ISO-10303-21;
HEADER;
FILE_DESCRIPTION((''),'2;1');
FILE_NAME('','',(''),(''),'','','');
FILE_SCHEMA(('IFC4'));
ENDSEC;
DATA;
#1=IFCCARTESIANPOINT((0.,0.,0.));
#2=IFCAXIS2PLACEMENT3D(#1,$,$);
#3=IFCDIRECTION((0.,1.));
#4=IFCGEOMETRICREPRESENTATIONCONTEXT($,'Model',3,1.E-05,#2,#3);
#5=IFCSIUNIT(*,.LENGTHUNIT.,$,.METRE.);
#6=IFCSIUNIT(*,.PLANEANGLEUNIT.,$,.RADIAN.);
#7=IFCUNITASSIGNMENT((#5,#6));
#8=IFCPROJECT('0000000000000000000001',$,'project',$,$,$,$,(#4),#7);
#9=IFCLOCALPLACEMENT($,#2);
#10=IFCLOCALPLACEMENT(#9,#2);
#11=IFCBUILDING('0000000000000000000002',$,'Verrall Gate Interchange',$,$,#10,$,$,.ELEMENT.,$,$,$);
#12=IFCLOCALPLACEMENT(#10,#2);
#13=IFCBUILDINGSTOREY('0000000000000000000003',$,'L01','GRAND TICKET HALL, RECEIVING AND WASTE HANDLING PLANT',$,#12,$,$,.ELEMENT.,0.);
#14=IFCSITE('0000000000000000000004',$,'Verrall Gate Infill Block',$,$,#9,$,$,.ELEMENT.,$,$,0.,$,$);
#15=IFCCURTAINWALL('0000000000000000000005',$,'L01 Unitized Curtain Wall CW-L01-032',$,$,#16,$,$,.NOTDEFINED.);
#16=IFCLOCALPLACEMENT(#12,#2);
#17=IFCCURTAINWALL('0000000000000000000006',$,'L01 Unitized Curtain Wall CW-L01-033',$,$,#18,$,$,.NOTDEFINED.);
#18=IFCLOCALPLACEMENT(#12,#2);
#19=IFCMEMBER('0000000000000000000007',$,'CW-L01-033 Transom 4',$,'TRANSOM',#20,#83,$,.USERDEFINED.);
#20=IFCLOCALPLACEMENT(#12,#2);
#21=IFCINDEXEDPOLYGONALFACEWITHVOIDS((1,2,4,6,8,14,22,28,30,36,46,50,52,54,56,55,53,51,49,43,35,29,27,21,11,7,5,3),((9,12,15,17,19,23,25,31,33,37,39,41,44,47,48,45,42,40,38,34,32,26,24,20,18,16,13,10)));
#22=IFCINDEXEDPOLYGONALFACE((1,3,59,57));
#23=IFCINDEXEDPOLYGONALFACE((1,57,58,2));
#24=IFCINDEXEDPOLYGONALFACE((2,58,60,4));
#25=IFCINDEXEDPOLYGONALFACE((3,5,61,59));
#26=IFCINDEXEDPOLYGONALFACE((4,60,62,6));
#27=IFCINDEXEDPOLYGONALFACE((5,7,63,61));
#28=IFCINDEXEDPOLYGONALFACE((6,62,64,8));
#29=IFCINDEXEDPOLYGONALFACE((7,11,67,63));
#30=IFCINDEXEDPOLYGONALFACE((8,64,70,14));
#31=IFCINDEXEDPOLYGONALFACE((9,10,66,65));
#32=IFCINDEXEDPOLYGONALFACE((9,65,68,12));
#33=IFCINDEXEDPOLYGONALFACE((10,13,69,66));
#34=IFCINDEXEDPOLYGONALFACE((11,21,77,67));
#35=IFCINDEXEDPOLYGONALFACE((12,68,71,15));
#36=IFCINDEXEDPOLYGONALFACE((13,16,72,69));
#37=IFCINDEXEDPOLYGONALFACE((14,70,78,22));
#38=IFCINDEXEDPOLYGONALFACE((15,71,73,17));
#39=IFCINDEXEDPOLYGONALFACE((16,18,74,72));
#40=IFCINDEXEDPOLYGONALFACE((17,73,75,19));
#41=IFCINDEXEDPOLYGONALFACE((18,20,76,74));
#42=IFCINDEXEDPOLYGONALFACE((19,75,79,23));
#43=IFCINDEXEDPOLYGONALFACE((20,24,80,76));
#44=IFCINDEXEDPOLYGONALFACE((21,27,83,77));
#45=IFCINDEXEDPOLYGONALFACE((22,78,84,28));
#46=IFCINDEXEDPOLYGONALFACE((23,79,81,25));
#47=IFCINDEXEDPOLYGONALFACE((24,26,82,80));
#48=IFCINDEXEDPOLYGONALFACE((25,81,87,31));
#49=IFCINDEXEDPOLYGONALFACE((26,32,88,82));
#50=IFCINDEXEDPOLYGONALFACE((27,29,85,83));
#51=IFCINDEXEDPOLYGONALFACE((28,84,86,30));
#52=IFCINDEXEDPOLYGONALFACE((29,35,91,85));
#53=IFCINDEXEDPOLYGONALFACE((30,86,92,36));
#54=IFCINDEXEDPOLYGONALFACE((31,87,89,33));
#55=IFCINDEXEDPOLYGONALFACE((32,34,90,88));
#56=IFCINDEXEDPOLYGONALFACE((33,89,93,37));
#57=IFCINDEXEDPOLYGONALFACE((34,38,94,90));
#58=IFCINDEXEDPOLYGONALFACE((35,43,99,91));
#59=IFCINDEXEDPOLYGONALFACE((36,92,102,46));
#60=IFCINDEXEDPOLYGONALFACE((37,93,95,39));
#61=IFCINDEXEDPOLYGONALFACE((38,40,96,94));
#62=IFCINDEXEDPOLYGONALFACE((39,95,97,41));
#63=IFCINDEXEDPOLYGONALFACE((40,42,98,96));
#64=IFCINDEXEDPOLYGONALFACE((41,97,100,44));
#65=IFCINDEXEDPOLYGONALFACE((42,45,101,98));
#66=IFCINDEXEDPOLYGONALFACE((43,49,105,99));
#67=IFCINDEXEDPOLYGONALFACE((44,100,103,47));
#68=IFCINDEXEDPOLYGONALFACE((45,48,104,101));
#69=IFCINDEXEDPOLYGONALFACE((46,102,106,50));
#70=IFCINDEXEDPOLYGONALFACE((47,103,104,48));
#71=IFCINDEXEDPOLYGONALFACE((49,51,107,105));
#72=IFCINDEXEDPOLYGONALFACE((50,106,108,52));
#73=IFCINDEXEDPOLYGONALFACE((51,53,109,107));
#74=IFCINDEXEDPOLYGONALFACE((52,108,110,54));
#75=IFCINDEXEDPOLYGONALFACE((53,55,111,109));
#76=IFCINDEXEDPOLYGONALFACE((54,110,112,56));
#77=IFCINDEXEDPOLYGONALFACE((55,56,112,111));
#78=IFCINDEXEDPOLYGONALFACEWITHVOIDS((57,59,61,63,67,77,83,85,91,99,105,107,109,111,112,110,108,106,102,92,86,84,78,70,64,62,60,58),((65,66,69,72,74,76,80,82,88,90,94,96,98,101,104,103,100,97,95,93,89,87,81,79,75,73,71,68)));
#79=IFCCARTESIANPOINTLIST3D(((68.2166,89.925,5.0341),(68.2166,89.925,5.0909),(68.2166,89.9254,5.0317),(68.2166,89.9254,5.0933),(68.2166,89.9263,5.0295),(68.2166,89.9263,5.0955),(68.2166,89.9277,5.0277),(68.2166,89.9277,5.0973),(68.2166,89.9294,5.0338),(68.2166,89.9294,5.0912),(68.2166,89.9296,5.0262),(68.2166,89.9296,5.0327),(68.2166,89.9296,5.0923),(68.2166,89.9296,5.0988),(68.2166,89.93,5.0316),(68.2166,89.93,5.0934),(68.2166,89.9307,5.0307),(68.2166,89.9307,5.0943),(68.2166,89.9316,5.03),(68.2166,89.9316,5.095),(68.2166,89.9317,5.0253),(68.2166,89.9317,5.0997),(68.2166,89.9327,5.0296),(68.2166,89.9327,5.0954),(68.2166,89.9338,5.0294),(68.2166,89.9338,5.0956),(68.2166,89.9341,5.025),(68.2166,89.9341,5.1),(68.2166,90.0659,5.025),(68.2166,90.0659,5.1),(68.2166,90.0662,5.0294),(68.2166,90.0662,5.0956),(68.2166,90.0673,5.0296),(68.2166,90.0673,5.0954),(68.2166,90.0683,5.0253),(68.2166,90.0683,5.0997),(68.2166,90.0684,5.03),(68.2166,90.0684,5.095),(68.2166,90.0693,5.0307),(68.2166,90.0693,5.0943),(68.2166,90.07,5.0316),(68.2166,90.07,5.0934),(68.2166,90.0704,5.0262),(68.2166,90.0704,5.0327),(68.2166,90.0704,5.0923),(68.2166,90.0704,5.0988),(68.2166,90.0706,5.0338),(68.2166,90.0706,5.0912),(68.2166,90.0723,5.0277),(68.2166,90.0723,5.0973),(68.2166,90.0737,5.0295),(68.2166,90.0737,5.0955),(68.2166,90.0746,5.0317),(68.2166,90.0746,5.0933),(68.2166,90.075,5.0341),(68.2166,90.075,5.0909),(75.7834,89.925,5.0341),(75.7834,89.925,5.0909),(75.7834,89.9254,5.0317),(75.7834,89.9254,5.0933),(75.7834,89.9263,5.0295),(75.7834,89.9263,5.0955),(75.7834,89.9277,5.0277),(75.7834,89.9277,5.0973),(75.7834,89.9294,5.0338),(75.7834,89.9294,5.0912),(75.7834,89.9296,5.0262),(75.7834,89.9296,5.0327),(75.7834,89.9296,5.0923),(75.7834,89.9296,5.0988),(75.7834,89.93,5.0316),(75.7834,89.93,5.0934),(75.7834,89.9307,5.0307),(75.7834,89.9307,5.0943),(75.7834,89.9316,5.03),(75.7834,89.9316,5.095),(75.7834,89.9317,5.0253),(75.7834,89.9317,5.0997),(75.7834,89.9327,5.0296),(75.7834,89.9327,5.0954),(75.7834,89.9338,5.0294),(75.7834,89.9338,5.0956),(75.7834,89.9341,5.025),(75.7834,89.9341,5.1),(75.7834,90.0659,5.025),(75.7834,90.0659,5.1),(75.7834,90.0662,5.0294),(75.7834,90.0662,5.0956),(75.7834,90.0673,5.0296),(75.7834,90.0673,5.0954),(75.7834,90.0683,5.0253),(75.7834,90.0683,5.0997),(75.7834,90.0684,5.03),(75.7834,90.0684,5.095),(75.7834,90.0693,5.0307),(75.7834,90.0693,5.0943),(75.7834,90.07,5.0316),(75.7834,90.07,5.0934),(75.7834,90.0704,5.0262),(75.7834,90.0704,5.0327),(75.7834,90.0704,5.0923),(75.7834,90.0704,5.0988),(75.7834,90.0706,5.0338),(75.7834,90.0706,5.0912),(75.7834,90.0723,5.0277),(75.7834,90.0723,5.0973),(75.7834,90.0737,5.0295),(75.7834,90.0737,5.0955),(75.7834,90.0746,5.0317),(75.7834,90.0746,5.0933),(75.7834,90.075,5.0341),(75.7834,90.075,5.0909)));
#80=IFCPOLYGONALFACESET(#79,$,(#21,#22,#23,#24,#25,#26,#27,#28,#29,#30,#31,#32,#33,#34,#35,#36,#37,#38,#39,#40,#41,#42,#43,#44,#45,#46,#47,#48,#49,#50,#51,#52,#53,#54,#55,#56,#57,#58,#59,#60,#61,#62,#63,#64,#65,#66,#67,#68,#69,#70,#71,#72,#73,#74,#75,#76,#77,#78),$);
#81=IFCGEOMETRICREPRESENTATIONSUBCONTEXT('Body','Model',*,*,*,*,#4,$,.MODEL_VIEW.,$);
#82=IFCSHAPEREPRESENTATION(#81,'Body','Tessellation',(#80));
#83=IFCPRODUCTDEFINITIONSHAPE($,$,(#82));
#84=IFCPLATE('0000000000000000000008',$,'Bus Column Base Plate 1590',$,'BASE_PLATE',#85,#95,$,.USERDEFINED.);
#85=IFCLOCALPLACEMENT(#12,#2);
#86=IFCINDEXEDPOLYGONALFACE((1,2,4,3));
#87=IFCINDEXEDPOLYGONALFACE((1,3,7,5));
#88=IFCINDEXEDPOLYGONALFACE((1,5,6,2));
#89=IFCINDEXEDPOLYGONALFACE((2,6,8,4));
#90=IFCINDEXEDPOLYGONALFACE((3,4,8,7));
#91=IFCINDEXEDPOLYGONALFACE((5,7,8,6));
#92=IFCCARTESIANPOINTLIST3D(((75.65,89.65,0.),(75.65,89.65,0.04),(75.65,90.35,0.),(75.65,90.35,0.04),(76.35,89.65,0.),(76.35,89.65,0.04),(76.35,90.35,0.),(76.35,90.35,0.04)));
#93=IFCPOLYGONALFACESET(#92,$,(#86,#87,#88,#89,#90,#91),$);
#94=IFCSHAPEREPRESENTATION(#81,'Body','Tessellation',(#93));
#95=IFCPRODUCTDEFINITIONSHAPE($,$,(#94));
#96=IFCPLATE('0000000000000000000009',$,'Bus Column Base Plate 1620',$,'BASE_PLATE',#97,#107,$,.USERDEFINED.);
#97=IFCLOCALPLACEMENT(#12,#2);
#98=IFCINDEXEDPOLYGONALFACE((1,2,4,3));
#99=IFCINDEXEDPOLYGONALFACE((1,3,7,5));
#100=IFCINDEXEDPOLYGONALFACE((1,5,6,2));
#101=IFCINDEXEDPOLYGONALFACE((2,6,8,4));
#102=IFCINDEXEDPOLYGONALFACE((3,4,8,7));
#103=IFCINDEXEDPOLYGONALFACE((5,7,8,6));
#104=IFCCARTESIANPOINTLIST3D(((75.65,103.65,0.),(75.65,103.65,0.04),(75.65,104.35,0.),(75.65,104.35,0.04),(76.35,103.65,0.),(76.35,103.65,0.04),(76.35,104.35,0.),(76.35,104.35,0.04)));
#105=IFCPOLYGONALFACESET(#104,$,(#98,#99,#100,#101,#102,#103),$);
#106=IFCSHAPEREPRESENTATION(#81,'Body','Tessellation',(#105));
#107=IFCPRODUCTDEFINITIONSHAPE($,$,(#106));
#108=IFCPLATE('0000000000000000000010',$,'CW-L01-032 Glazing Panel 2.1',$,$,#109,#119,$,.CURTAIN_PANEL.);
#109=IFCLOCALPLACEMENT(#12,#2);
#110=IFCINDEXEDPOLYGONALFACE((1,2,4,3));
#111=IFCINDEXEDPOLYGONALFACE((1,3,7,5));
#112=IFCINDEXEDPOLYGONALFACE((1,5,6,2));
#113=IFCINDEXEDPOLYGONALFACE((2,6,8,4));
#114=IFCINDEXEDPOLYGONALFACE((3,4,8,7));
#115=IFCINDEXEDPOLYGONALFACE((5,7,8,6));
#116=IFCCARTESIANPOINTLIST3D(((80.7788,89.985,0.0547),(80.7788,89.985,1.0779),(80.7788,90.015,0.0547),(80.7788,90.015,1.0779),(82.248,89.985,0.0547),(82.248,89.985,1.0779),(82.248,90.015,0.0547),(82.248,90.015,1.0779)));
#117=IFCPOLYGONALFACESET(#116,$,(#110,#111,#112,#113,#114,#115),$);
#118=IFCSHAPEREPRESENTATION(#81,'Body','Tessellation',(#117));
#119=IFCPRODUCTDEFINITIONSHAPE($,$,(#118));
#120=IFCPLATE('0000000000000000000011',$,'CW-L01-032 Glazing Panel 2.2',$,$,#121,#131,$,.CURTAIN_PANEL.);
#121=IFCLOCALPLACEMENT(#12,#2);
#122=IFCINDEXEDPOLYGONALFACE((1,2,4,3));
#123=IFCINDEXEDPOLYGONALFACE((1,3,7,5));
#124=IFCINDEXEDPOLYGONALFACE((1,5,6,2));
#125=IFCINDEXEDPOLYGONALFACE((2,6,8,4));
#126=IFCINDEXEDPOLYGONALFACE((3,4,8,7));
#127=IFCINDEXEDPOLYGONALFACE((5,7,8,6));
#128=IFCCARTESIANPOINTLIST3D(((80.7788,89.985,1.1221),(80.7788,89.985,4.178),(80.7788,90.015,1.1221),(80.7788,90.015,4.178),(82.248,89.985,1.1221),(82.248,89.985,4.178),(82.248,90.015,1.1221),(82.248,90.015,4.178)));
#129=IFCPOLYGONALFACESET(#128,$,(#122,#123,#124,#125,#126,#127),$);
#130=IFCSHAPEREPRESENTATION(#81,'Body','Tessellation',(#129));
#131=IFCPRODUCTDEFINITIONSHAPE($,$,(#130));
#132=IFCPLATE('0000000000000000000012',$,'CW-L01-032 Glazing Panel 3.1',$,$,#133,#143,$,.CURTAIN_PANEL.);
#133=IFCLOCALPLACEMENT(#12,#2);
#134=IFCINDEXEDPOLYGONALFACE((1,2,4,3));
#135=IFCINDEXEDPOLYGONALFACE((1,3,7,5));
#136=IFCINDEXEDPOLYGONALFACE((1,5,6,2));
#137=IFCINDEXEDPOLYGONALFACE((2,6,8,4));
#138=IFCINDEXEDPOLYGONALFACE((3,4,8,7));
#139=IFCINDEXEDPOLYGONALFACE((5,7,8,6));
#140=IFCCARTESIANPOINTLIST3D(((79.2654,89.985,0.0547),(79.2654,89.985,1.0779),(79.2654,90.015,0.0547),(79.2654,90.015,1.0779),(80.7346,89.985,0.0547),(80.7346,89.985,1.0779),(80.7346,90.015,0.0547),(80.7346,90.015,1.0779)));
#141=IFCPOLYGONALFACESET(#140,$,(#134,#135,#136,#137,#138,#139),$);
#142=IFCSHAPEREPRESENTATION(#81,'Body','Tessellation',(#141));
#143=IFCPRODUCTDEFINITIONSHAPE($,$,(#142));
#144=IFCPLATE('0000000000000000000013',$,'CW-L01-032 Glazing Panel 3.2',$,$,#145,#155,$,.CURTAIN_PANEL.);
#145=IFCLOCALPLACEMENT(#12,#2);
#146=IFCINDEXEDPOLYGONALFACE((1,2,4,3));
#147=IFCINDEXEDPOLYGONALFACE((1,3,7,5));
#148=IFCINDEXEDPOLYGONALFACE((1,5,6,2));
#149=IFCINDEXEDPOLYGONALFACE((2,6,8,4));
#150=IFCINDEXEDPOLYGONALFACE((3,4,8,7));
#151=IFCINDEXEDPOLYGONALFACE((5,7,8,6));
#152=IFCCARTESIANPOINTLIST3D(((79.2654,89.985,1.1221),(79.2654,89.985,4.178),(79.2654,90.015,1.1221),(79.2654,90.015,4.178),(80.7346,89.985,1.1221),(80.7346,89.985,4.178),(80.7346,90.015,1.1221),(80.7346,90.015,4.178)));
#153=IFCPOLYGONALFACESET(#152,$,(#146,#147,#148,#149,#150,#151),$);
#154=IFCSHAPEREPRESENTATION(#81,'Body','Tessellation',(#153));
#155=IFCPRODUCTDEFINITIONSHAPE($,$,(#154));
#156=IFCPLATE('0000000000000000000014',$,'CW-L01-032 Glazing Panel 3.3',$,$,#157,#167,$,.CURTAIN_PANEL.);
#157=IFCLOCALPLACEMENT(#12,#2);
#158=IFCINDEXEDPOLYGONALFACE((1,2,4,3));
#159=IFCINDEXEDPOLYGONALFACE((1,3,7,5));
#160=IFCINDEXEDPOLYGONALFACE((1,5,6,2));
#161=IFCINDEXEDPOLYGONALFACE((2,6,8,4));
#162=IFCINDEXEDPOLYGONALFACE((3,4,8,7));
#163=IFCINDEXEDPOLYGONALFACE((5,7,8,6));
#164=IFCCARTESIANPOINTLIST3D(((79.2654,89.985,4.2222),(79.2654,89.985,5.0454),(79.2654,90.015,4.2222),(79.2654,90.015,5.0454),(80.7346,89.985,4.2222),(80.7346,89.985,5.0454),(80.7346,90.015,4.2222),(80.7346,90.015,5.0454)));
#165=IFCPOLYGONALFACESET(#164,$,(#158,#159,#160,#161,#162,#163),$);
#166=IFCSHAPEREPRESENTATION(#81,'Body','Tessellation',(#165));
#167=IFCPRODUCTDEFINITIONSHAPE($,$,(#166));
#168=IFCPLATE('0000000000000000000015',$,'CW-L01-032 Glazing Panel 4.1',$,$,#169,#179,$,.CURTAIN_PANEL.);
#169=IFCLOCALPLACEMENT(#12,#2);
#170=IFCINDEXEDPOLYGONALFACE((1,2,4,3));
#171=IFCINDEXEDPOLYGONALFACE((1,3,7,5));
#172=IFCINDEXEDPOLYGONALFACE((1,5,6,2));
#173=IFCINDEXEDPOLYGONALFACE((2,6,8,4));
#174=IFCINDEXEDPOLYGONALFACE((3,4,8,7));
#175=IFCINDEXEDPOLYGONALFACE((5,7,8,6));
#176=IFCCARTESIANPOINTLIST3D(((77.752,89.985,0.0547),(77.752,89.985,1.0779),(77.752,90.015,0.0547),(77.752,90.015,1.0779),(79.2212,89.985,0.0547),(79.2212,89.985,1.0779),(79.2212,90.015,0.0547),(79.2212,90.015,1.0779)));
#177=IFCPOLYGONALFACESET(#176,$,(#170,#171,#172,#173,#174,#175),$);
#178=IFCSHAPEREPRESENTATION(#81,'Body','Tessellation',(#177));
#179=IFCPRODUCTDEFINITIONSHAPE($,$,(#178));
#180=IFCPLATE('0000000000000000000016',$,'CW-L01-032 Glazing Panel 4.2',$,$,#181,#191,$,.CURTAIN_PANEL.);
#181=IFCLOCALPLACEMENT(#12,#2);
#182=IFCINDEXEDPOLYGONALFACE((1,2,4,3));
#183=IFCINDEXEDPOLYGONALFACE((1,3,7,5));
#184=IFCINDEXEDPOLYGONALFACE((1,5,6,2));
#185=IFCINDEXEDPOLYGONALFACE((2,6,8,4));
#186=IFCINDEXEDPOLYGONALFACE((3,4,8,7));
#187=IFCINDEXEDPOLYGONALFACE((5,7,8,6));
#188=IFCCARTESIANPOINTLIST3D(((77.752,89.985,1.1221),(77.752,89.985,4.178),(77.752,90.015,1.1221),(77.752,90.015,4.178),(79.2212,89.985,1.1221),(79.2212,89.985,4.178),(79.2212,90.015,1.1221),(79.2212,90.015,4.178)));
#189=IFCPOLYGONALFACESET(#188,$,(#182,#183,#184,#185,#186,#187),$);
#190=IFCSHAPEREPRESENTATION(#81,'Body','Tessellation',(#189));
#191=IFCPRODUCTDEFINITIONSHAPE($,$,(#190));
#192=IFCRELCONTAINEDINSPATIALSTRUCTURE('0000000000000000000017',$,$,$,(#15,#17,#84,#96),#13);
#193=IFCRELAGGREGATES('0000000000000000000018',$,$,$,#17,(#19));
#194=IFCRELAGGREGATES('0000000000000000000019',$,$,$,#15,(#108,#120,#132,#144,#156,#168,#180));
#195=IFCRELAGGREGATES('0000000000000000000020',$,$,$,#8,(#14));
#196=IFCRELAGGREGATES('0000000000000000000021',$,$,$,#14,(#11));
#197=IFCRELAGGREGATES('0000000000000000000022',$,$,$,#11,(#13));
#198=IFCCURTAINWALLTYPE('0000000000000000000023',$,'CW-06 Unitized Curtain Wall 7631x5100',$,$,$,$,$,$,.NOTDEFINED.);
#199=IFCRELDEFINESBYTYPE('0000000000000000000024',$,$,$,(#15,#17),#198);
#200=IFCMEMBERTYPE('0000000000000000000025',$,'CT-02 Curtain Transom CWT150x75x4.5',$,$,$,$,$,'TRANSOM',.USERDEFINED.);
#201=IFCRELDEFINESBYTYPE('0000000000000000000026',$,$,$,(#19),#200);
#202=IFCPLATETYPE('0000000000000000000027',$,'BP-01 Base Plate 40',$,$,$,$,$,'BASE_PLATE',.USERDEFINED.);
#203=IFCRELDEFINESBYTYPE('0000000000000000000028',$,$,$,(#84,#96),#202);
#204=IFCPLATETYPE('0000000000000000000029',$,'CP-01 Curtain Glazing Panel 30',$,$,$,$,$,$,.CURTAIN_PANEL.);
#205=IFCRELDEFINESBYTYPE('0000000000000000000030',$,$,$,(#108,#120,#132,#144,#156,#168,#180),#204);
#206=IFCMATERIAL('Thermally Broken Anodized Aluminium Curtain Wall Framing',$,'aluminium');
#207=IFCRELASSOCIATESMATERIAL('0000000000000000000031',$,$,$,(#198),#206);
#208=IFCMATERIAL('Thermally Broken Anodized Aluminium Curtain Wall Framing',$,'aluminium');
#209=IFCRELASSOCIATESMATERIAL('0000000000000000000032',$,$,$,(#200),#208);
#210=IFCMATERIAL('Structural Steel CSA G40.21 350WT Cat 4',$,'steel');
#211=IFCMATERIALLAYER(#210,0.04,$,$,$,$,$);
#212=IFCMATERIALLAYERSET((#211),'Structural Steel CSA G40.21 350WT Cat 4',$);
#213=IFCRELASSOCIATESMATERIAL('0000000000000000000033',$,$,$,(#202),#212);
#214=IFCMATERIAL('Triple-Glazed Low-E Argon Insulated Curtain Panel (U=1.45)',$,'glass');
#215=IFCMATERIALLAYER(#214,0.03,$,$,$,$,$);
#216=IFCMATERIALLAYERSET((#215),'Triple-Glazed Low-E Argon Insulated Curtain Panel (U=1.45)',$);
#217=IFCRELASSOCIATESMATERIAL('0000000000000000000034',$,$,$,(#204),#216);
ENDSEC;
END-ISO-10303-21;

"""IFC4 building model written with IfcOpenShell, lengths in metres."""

from ifc_helpers import new_model, si_unit, direction, frame, origin, origin_2d, place, context, subcontext, project, spatial, rectangle, hollow_rectangle, extrude, material, layer, layer_set, material_profile, profile_set, type_object, element, aggregate, save


model = new_model("IFC4")

# Units and contexts
model_context = context("Model", 3, precision=1e-05, world=origin(), true_north=direction((0.0, 1.0)))
body_context = subcontext(model_context, "Body", "Model", "MODEL_VIEW")
ifc_project = project(units=[si_unit("LENGTHUNIT", "METRE"), si_unit("PLANEANGLEUNIT", "RADIAN")], contexts=[model_context])

# Site, building, storey
site_placement = place(None, origin())
site = spatial("IfcSite", under=ifc_project, at=site_placement, Name="Verrall Gate Infill Block", CompositionType="ELEMENT", RefElevation=0.0)
building_placement = place(site_placement, origin())
building = spatial("IfcBuilding", under=site, at=building_placement, Name="Verrall Gate Interchange", CompositionType="ELEMENT")
storey_placement = place(building_placement, origin())
storey = spatial("IfcBuildingStorey", under=building, at=storey_placement, Name="L01", Description="GRAND TICKET HALL, RECEIVING AND WASTE HANDLING PLANT", CompositionType="ELEMENT", Elevation=0.0)

# Curtain walls, member
ifc_material_1 = material(Name="Thermally Broken Anodized Aluminium Curtain Wall Framing", Category="aluminium")
curtain_wall_type = type_object("IfcCurtainWallType", Name="CW-06 Unitized Curtain Wall 7631x5100", PredefinedType="NOTDEFINED", material=ifc_material_1)
curtain_wall_1_placement = place(storey_placement, origin())
curtain_wall_1 = element("IfcCurtainWall", 1, at=curtain_wall_1_placement, inside=storey, type_object=curtain_wall_type, Name="L01 Unitized Curtain Wall CW-L01-032", PredefinedType="NOTDEFINED")
curtain_wall_2_placement = place(storey_placement, origin())
curtain_wall_2 = element("IfcCurtainWall", 2, at=curtain_wall_2_placement, inside=storey, type_object=curtain_wall_type, Name="L01 Unitized Curtain Wall CW-L01-033", PredefinedType="NOTDEFINED")
ifc_material_2 = material(Name="Thermally Broken Anodized Aluminium Curtain Wall Framing", Category="aluminium")
ifc_material_profile_1 = material_profile(ifc_material_2, hollow_rectangle(XDim=0.1499, YDim=0.075, WallThickness=0.0044, InnerFilletRadius=0.0044, OuterFilletRadius=0.009, at=origin_2d()), Name="CWT150x75x4.5")
ifc_profile_set_1 = profile_set([ifc_material_profile_1], Name="Thermally Broken Anodized Aluminium Curtain Wall Framing")
member_type_1 = type_object("IfcMemberType", Name="CT-02 Curtain Transom CWT150x75x4.5", ElementType="TRANSOM", PredefinedType="USERDEFINED", material=ifc_profile_set_1)
member_1_placement = place(storey_placement, frame((75.7834, 90.0, 5.0625), z_axis=(-1.0, 0.0, 0.0), x_axis=(0.0, -1.0, 0.0)))
member_1 = element("IfcMember", 3, at=member_1_placement, type_object=member_type_1, Name="CW-L01-033 Transom 4", ObjectType="TRANSOM", PredefinedType="USERDEFINED", context=body_context, shape_type="SweptSolid", body=[
    extrude(hollow_rectangle(XDim=0.1499, YDim=0.075, WallThickness=0.0044, InnerFilletRadius=0.0044, OuterFilletRadius=0.009, at=origin_2d()), origin(), (0.0, 0.0, 1.0), 7.5669),
])
aggregate(curtain_wall_2, [member_1])

# Plates
ifc_material_3 = material(Name="Structural Steel CSA G40.21 350WT Cat 4", Category="steel")
ifc_layer_1 = layer(ifc_material_3, 0.04)
ifc_layer_set_1 = layer_set([ifc_layer_1], Name="Structural Steel CSA G40.21 350WT Cat 4")
plate_type_1 = type_object("IfcPlateType", Name="BP-01 Base Plate 40", ElementType="BASE_PLATE", PredefinedType="USERDEFINED", material=ifc_layer_set_1)
for number, where, z_axis, x_axis, name in (
    (4, (76.0, 90.0, 0.0), (0.0, 0.0, 1.0), (1.0, 0.0, 0.0), "Bus Column Base Plate 1590"),
    (5, (76.0, 104.0, 0.0), (0.0, 0.0, 1.0), (1.0, 0.0, 0.0), "Bus Column Base Plate 1620"),
):
    element("IfcPlate", number, at=place(storey_placement, frame(where, z_axis=z_axis, x_axis=x_axis)), inside=storey, type_object=plate_type_1, Name=name, ObjectType="BASE_PLATE", PredefinedType="USERDEFINED", context=body_context, shape_type="SweptSolid", body=[
        extrude(rectangle(XDim=0.7, YDim=0.7, at=origin_2d()), origin(), (0.0, 0.0, 1.0), 0.04),
    ])

# Plates
ifc_material_4 = material(Name="Triple-Glazed Low-E Argon Insulated Curtain Panel (U=1.45)", Category="glass")
ifc_layer_2 = layer(ifc_material_4, 0.03)
ifc_layer_set_2 = layer_set([ifc_layer_2], Name="Triple-Glazed Low-E Argon Insulated Curtain Panel (U=1.45)")
plate_type_2 = type_object("IfcPlateType", Name="CP-01 Curtain Glazing Panel 30", PredefinedType="CURTAIN_PANEL", material=ifc_layer_set_2)
plate_1_placement = place(storey_placement, frame((81.5134, 90.0, 0.0547), z_axis=(0.0, 0.0, 1.0), x_axis=(-1.0, 0.0, 0.0)))
plate_1 = element("IfcPlate", 6, at=plate_1_placement, type_object=plate_type_2, Name="CW-L01-032 Glazing Panel 2.1", PredefinedType="CURTAIN_PANEL", context=body_context, shape_type="SweptSolid", body=[
    extrude(rectangle(XDim=1.4692, YDim=0.03, at=origin_2d()), origin(), (0.0, 0.0, 1.0), 1.0232),
])
plate_2_placement = place(storey_placement, frame((81.5134, 90.0, 1.1221), z_axis=(0.0, 0.0, 1.0), x_axis=(-1.0, 0.0, 0.0)))
plate_2 = element("IfcPlate", 7, at=plate_2_placement, type_object=plate_type_2, Name="CW-L01-032 Glazing Panel 2.2", PredefinedType="CURTAIN_PANEL", context=body_context, shape_type="SweptSolid", body=[
    extrude(rectangle(XDim=1.4692, YDim=0.03, at=origin_2d()), origin(), (0.0, 0.0, 1.0), 3.0559),
])
plate_3_placement = place(storey_placement, frame((80.0, 90.0, 0.0547), z_axis=(0.0, 0.0, 1.0), x_axis=(-1.0, 0.0, 0.0)))
plate_3 = element("IfcPlate", 8, at=plate_3_placement, type_object=plate_type_2, Name="CW-L01-032 Glazing Panel 3.1", PredefinedType="CURTAIN_PANEL", context=body_context, shape_type="SweptSolid", body=[
    extrude(rectangle(XDim=1.4692, YDim=0.03, at=origin_2d()), origin(), (0.0, 0.0, 1.0), 1.0232),
])
plate_4_placement = place(storey_placement, frame((80.0, 90.0, 1.1221), z_axis=(0.0, 0.0, 1.0), x_axis=(-1.0, 0.0, 0.0)))
plate_4 = element("IfcPlate", 9, at=plate_4_placement, type_object=plate_type_2, Name="CW-L01-032 Glazing Panel 3.2", PredefinedType="CURTAIN_PANEL", context=body_context, shape_type="SweptSolid", body=[
    extrude(rectangle(XDim=1.4692, YDim=0.03, at=origin_2d()), origin(), (0.0, 0.0, 1.0), 3.0559),
])
plate_5_placement = place(storey_placement, frame((80.0, 90.0, 4.2222), z_axis=(0.0, 0.0, 1.0), x_axis=(-1.0, 0.0, 0.0)))
plate_5 = element("IfcPlate", 10, at=plate_5_placement, type_object=plate_type_2, Name="CW-L01-032 Glazing Panel 3.3", PredefinedType="CURTAIN_PANEL", context=body_context, shape_type="SweptSolid", body=[
    extrude(rectangle(XDim=1.4692, YDim=0.03, at=origin_2d()), origin(), (0.0, 0.0, 1.0), 0.8232),
])
plate_6_placement = place(storey_placement, frame((78.4866, 90.0, 0.0547), z_axis=(0.0, 0.0, 1.0), x_axis=(-1.0, 0.0, 0.0)))
plate_6 = element("IfcPlate", 11, at=plate_6_placement, type_object=plate_type_2, Name="CW-L01-032 Glazing Panel 4.1", PredefinedType="CURTAIN_PANEL", context=body_context, shape_type="SweptSolid", body=[
    extrude(rectangle(XDim=1.4692, YDim=0.03, at=origin_2d()), origin(), (0.0, 0.0, 1.0), 1.0232),
])
plate_7_placement = place(storey_placement, frame((78.4866, 90.0, 1.1221), z_axis=(0.0, 0.0, 1.0), x_axis=(-1.0, 0.0, 0.0)))
plate_7 = element("IfcPlate", 12, at=plate_7_placement, type_object=plate_type_2, Name="CW-L01-032 Glazing Panel 4.2", PredefinedType="CURTAIN_PANEL", context=body_context, shape_type="SweptSolid", body=[
    extrude(rectangle(XDim=1.4692, YDim=0.03, at=origin_2d()), origin(), (0.0, 0.0, 1.0), 3.0559),
])
aggregate(curtain_wall_1, [plate_1, plate_2, plate_3, plate_4, plate_5, plate_6, plate_7])

save(model, "model.ifc")
